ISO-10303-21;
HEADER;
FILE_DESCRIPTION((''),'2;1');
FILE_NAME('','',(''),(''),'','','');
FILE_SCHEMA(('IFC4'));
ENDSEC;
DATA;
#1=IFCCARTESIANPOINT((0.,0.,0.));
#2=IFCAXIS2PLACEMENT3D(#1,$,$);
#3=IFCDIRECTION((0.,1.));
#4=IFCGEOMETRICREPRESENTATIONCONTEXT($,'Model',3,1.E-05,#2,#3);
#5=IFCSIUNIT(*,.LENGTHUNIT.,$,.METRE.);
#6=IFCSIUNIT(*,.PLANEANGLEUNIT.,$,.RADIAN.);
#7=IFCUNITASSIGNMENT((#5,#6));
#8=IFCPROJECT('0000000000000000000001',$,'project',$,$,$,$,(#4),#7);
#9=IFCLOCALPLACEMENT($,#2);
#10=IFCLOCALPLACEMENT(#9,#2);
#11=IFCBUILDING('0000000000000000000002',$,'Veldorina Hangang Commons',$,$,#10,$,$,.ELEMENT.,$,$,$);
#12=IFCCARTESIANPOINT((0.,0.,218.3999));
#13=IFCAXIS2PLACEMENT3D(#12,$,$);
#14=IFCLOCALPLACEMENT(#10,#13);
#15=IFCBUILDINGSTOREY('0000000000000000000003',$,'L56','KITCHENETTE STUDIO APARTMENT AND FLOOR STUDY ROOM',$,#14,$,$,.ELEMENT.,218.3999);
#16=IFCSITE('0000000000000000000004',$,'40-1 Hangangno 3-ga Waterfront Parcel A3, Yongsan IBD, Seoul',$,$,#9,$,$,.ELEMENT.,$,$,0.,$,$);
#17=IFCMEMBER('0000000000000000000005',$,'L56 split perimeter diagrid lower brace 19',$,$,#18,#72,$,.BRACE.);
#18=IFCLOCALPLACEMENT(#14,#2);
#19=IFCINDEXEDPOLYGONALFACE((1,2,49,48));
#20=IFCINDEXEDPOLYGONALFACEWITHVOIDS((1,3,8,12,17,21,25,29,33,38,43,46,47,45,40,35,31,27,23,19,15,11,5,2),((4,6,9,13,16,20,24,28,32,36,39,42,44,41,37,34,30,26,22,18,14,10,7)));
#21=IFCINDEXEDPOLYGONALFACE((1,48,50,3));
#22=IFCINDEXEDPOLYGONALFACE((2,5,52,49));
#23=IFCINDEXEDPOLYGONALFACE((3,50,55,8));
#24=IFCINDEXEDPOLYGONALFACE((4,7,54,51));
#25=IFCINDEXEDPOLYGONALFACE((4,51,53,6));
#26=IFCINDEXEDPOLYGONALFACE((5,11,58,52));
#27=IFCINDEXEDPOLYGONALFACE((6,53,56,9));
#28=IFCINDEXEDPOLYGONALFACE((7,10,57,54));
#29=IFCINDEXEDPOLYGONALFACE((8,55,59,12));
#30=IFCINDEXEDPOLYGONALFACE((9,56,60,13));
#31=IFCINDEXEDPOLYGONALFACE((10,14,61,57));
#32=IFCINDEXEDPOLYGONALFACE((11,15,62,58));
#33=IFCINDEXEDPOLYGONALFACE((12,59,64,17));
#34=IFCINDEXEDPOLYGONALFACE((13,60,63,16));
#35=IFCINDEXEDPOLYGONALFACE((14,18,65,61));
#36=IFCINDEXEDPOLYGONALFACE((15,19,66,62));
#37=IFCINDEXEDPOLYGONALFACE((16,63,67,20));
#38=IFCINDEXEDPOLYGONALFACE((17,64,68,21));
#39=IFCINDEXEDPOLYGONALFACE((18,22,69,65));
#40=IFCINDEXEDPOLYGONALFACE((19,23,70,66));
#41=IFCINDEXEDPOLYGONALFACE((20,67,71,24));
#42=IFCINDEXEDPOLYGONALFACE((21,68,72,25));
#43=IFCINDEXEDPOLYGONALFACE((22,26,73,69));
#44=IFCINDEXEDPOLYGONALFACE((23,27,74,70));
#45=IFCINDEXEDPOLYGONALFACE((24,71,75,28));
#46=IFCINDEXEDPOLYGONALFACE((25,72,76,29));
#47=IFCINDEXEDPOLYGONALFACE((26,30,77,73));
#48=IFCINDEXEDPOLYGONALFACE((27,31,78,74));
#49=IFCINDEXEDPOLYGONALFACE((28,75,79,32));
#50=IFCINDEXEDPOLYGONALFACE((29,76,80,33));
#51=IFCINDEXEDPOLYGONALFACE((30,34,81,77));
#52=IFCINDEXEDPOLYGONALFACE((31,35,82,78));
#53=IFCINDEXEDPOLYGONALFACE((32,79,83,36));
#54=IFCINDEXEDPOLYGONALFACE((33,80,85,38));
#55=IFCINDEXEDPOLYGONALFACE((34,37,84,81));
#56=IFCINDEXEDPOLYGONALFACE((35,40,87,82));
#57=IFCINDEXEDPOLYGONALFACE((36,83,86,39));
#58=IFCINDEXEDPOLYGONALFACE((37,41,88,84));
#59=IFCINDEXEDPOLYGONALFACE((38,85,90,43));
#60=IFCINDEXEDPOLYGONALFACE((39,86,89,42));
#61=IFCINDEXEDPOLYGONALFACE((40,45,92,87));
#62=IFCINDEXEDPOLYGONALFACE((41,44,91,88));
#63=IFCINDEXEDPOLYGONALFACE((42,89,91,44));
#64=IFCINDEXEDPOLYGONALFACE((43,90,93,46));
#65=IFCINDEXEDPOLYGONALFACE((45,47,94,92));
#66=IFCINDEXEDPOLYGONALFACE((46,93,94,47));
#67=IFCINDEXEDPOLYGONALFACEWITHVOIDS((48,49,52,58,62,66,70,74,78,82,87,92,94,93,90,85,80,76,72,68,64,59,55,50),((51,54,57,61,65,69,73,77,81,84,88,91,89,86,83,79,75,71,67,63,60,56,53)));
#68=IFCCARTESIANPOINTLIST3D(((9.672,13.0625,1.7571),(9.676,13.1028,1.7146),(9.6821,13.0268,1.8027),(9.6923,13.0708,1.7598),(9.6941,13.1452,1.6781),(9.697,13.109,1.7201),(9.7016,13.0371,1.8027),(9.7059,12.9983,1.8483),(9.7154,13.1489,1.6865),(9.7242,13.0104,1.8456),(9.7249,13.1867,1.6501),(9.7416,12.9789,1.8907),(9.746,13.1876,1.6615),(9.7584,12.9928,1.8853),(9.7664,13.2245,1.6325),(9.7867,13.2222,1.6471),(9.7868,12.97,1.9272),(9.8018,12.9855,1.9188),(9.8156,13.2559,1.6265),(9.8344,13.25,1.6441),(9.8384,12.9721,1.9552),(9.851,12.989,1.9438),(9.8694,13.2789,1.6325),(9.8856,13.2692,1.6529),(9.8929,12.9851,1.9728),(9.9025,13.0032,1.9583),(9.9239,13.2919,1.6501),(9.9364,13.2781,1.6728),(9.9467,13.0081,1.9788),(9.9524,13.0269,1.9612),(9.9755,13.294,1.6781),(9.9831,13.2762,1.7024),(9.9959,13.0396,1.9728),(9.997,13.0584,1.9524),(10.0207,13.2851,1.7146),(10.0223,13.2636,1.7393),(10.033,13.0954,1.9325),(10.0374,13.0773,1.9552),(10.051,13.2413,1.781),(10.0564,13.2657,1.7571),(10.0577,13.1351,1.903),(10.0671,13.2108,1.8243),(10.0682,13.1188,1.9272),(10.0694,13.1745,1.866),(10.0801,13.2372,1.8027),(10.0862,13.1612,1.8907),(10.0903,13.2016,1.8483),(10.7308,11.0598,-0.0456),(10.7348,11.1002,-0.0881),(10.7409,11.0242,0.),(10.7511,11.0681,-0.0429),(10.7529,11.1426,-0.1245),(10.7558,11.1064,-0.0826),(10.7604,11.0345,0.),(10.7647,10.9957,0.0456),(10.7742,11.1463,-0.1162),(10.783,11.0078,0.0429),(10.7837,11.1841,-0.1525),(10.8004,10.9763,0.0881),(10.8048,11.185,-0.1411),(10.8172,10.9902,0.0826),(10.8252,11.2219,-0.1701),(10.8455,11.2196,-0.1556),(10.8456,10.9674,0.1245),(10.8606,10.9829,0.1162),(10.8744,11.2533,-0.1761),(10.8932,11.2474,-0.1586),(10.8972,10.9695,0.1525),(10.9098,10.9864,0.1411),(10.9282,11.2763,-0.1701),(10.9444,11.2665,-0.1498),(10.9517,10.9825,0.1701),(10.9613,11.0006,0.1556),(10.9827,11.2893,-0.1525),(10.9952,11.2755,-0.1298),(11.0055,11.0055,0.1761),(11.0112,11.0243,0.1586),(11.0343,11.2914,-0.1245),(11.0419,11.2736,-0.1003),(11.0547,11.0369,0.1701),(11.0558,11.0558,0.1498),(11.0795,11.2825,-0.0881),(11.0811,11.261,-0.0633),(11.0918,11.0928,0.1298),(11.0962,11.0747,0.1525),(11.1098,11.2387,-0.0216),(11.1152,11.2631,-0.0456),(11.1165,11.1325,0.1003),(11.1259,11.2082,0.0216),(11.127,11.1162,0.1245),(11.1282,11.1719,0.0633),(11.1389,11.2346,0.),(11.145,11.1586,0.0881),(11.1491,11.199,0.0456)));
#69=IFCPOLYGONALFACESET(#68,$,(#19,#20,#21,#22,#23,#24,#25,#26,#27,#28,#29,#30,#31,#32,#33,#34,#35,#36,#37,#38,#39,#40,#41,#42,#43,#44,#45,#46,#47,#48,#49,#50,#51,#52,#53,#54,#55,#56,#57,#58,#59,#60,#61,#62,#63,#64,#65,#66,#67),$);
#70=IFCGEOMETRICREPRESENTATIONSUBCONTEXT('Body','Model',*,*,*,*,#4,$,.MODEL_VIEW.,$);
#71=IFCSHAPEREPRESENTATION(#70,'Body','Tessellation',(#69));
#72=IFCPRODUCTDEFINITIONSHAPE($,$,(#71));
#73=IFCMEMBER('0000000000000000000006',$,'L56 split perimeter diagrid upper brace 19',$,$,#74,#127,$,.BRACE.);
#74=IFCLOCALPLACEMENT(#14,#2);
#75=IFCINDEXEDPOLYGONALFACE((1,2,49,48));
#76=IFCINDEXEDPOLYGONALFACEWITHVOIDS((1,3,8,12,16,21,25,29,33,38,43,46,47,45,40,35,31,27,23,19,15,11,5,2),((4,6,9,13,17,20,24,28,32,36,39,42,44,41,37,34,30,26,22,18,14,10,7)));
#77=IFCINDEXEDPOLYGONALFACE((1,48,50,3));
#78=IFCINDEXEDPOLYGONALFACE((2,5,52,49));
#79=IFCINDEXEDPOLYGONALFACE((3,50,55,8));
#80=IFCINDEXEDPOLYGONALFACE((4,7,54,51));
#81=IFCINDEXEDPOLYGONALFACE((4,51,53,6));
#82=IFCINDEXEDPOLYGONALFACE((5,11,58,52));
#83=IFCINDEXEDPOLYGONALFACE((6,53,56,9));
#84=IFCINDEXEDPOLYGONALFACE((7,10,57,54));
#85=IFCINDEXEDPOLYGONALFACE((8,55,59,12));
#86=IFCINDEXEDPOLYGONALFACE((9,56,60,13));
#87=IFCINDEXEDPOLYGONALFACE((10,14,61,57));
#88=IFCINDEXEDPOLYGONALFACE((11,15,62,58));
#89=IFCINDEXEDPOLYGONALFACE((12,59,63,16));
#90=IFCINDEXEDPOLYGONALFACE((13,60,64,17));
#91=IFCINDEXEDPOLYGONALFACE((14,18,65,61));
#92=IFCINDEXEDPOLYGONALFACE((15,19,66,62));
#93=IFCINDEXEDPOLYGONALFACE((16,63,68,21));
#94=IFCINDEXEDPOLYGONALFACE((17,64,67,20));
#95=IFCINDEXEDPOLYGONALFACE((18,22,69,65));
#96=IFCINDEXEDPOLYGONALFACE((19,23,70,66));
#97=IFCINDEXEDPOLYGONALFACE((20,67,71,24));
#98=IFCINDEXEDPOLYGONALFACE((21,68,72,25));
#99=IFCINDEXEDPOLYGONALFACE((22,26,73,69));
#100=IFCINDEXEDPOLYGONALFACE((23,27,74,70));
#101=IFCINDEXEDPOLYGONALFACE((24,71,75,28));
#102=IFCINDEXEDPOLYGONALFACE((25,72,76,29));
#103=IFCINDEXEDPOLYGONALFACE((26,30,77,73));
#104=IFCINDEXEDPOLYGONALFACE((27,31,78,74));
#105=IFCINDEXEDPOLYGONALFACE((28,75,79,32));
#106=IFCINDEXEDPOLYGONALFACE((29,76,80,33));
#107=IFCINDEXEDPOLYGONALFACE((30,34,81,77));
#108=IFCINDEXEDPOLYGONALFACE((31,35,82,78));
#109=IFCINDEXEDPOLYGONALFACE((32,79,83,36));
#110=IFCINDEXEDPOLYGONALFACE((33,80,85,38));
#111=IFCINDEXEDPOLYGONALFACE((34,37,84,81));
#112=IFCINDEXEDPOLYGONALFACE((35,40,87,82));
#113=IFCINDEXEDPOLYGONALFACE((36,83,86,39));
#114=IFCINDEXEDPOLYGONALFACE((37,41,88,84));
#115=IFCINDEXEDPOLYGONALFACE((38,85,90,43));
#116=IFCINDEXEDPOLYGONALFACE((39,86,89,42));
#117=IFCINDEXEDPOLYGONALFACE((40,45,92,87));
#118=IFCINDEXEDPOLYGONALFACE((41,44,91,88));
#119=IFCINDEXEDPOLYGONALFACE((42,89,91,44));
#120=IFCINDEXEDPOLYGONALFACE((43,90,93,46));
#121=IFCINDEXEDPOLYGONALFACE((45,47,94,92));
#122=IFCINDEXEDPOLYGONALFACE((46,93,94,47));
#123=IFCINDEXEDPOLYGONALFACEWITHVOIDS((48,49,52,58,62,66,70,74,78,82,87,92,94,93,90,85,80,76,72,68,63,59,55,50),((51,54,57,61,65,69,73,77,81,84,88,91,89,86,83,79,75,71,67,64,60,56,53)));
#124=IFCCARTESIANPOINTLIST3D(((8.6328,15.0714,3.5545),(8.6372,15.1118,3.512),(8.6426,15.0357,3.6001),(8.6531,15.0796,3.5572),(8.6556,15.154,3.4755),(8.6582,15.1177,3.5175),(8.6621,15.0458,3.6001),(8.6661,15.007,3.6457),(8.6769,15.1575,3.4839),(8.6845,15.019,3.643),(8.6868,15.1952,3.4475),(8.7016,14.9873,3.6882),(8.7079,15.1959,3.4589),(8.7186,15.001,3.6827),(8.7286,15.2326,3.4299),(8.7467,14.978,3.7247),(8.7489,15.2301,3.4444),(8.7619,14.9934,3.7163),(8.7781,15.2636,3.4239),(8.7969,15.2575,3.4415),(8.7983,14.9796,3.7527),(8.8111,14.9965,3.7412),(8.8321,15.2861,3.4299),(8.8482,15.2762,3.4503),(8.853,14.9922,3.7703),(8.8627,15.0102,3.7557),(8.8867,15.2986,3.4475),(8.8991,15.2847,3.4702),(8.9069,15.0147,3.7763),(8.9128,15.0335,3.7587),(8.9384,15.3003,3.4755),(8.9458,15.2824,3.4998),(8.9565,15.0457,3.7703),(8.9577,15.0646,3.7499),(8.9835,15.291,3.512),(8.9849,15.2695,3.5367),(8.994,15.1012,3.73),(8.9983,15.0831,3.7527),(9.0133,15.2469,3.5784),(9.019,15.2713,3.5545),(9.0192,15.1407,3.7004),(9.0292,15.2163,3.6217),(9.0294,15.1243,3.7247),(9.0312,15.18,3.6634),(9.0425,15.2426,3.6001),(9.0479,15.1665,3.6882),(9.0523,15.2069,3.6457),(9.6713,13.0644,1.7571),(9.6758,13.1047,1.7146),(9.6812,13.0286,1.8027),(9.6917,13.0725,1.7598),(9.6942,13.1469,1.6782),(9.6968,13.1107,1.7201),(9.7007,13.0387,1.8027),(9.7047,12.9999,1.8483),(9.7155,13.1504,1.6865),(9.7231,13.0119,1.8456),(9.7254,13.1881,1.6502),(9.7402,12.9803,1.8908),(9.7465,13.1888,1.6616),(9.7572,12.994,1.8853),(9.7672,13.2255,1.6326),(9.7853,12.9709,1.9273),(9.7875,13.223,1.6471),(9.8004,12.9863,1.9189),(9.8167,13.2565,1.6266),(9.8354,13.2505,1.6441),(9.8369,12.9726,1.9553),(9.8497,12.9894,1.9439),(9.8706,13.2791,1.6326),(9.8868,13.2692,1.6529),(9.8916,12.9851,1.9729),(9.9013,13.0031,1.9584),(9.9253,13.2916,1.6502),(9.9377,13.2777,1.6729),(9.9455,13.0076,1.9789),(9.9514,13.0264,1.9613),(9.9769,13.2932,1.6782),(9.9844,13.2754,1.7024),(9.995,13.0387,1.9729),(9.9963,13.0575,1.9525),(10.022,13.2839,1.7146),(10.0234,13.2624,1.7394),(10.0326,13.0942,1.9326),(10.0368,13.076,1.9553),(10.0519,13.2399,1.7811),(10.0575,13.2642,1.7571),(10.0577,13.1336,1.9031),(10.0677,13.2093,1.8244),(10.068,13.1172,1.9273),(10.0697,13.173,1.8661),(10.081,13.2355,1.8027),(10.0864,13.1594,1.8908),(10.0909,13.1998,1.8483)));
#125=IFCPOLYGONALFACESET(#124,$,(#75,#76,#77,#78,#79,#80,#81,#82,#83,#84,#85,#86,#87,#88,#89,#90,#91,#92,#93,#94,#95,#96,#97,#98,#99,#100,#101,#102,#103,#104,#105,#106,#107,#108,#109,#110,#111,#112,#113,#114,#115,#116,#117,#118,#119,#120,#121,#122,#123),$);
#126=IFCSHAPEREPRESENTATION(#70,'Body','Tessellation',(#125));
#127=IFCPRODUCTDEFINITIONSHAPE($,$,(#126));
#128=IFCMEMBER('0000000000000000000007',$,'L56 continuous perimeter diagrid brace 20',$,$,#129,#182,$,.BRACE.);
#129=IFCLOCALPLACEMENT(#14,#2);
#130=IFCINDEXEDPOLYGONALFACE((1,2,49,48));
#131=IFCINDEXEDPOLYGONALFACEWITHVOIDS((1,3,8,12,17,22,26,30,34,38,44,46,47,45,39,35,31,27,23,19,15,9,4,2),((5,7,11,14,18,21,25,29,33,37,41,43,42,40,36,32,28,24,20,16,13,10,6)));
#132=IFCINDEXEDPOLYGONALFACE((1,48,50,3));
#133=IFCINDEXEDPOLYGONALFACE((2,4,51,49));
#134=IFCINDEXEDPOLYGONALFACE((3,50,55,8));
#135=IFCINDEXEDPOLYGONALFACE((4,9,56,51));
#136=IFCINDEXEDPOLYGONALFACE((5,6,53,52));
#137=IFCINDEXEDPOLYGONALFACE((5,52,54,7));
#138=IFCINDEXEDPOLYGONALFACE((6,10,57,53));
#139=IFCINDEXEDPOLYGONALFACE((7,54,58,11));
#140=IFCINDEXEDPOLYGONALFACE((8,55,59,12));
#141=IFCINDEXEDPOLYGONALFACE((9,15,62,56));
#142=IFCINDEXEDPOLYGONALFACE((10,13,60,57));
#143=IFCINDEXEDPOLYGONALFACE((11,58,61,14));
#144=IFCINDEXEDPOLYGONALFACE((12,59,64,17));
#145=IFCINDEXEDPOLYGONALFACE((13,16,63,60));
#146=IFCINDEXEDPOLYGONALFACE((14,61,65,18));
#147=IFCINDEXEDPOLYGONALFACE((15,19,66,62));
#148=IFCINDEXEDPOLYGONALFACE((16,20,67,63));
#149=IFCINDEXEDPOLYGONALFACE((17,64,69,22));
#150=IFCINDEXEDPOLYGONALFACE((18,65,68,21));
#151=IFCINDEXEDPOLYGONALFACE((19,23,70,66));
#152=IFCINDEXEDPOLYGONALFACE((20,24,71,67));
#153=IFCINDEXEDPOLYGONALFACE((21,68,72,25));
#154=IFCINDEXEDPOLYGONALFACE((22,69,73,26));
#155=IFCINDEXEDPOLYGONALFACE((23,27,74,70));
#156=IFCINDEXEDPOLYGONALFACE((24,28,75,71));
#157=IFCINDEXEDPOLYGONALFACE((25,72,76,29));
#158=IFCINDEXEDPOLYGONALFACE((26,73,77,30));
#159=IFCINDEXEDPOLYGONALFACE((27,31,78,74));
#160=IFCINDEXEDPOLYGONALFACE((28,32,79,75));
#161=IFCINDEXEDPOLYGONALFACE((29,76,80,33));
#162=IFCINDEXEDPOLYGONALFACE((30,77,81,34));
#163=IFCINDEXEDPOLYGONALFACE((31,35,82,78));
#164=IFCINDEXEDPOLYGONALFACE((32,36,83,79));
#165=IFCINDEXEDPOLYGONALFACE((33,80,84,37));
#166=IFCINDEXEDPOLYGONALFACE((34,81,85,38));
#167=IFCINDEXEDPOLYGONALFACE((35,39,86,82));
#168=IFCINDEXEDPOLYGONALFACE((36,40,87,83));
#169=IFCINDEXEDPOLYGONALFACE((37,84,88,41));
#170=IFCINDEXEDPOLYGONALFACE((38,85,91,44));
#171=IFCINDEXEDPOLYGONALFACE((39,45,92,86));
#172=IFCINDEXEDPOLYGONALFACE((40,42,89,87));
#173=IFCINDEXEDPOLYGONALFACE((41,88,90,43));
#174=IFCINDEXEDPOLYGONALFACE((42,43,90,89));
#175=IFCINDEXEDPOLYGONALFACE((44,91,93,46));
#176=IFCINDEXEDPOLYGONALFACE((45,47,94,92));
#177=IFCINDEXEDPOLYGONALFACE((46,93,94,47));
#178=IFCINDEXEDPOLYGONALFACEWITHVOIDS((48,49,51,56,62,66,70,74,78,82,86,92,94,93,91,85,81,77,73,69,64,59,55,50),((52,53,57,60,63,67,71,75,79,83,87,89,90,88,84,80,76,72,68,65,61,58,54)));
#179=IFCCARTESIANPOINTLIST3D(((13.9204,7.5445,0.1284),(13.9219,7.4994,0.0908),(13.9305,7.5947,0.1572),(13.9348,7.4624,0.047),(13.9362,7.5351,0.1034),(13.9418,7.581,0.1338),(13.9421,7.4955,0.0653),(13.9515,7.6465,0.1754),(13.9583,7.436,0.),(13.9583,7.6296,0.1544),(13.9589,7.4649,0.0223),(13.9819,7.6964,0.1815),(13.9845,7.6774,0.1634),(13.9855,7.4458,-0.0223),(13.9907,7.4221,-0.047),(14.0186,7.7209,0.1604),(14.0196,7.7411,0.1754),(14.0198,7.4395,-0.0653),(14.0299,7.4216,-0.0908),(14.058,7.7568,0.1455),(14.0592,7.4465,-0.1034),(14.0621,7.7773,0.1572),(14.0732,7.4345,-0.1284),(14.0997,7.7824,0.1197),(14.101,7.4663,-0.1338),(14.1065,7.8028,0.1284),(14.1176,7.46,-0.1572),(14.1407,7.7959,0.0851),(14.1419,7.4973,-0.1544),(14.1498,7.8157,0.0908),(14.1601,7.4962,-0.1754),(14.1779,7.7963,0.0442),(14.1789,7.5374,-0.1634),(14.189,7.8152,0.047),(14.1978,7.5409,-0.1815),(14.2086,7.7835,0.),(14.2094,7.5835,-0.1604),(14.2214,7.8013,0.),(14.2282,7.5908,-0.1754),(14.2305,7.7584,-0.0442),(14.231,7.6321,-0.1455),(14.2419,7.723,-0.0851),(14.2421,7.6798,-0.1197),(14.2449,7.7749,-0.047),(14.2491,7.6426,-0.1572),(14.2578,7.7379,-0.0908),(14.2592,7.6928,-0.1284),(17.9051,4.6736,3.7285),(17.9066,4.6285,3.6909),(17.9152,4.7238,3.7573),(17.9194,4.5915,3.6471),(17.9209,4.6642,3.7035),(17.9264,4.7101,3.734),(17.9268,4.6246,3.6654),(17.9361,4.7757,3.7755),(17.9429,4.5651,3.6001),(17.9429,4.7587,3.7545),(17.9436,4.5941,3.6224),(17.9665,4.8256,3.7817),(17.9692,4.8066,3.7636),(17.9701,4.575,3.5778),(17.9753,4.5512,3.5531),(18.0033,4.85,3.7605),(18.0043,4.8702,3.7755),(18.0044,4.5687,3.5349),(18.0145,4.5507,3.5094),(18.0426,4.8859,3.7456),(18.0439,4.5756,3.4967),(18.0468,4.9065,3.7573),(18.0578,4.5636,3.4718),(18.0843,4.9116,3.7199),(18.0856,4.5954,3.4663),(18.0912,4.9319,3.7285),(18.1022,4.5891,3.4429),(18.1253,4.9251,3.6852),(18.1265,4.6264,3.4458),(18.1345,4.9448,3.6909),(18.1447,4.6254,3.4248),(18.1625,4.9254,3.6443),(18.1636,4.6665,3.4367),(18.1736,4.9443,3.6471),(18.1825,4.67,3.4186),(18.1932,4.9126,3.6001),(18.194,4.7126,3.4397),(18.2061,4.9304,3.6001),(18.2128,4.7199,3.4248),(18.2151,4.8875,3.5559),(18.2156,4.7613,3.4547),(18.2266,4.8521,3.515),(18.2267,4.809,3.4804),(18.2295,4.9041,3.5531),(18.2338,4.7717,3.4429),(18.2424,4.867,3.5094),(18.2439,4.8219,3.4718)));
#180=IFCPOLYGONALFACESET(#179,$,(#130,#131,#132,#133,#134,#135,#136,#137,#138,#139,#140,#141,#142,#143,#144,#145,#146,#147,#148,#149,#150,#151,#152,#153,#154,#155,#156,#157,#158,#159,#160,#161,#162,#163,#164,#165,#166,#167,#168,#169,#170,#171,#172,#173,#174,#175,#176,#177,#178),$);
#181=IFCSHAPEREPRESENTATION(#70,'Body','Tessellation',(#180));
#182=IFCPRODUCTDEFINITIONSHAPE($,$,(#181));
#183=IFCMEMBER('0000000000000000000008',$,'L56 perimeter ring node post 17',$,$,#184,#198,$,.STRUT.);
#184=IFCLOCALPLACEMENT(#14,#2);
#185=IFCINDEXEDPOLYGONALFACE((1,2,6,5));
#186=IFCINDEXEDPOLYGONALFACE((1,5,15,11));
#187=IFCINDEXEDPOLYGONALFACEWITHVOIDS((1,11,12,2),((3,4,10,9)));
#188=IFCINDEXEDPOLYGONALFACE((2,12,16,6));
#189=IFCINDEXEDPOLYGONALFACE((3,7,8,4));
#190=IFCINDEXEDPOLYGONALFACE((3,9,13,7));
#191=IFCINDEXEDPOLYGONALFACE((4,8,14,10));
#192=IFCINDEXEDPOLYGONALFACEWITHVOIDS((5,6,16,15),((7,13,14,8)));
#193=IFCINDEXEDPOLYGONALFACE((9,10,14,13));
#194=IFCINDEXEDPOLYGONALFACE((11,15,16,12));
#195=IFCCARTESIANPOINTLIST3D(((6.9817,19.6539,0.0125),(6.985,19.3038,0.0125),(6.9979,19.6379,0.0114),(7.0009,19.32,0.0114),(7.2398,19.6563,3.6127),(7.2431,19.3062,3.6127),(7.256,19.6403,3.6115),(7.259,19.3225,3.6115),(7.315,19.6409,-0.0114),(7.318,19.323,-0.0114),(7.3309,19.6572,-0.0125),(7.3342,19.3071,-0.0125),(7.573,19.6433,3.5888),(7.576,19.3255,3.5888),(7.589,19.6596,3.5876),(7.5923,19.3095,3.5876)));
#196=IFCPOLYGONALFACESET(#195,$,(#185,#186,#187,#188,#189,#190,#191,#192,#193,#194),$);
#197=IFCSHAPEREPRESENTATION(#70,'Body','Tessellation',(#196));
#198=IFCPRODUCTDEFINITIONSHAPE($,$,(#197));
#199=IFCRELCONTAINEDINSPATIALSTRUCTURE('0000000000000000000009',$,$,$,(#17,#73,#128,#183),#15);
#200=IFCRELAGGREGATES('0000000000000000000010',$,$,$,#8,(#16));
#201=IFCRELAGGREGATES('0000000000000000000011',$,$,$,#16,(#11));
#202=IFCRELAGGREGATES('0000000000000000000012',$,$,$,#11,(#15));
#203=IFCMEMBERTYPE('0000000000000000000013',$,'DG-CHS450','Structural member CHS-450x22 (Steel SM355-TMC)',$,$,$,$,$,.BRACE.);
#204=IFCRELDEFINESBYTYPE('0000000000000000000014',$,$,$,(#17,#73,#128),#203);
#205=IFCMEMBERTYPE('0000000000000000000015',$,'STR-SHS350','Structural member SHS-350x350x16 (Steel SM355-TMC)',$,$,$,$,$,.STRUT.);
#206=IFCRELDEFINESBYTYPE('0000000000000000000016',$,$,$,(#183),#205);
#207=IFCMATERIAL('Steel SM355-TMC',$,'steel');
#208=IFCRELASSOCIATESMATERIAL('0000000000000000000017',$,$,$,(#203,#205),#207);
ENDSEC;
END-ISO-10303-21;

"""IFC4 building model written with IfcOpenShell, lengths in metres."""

from ifc_helpers import new_model, si_unit, direction, frame, origin, origin_2d, place, context, subcontext, project, spatial, hollow_rectangle, hollow_circle, extrude, material, material_profile, profile_set, type_object, element, save


model = new_model("IFC4")

# Units and contexts
model_context = context("Model", 3, precision=1e-05, world=origin(), true_north=direction((0.0, 1.0)))
body_context = subcontext(model_context, "Body", "Model", "MODEL_VIEW")
ifc_project = project(units=[si_unit("LENGTHUNIT", "METRE"), si_unit("PLANEANGLEUNIT", "RADIAN")], contexts=[model_context])

# Site, building, storey
site_placement = place(None, origin())
site = spatial("IfcSite", under=ifc_project, at=site_placement, Name="40-1 Hangangno 3-ga Waterfront Parcel A3, Yongsan IBD, Seoul", CompositionType="ELEMENT", RefElevation=0.0)
building_placement = place(site_placement, origin())
building = spatial("IfcBuilding", under=site, at=building_placement, Name="Veldorina Hangang Commons", CompositionType="ELEMENT")
storey_placement = place(building_placement, frame((0.0, 0.0, 218.3999)))
storey = spatial("IfcBuildingStorey", under=building, at=storey_placement, Name="L56", Description="KITCHENETTE STUDIO APARTMENT AND FLOOR STUDY ROOM", CompositionType="ELEMENT", Elevation=218.3999)

# Shared definitions
ifc_material_1 = material(Name="Steel SM355-TMC", Category="steel")

# Members
ifc_material_profile_1 = material_profile(ifc_material_1, hollow_circle(Radius=0.2251, WallThickness=0.022, at=origin_2d()), Name="CHS-450x22")
ifc_profile_set_1 = profile_set([ifc_material_profile_1], Name="Steel SM355-TMC")
member_type_1 = type_object("IfcMemberType", Name="DG-CHS450", Description="Structural member CHS-450x22 (Steel SM355-TMC)", PredefinedType="BRACE", material=ifc_profile_set_1)
member_1_placement = place(storey_placement, frame((10.9399, 11.1294, 0.0), z_axis=(-0.365732, 0.691745, 0.62268), x_axis=(-0.884045, -0.467402, 0.0)))
element("IfcMember", 1, at=member_1_placement, inside=storey, type_object=member_type_1, Name="L56 split perimeter diagrid lower brace 19", PredefinedType="BRACE", context=body_context, shape_type="SweptSolid", body=[
    extrude(hollow_circle(Radius=0.2251, WallThickness=0.022, at=origin_2d()), origin(), (0.0, 0.0, 1.0), 2.895),
])
member_2_placement = place(storey_placement, frame((9.8811, 13.1321, 1.8027), z_axis=(-0.359682, 0.695098, 0.622468), x_axis=(-0.88814, -0.459573, 0.0)))
element("IfcMember", 2, at=member_2_placement, inside=storey, type_object=member_type_1, Name="L56 split perimeter diagrid upper brace 19", PredefinedType="BRACE", context=body_context, shape_type="SweptSolid", body=[
    extrude(hollow_circle(Radius=0.2251, WallThickness=0.022, at=origin_2d()), origin(), (0.0, 0.0, 1.0), 2.8875),
])
member_3_placement = place(storey_placement, frame((14.0898, 7.6187, 0.0), z_axis=(0.654363, -0.471457, 0.591216), x_axis=(0.584563, 0.811349, 0.0)))
element("IfcMember", 3, at=member_3_placement, inside=storey, type_object=member_type_1, Name="L56 continuous perimeter diagrid brace 20", PredefinedType="BRACE", context=body_context, shape_type="SweptSolid", body=[
    extrude(hollow_circle(Radius=0.2251, WallThickness=0.022, at=origin_2d()), origin(), (0.0, 0.0, 1.0), 6.0894),
])
ifc_material_profile_2 = material_profile(ifc_material_1, hollow_rectangle(XDim=0.3501, YDim=0.3501, WallThickness=0.0161, at=origin_2d()), Name="SHS-350x350x16")
ifc_profile_set_2 = profile_set([ifc_material_profile_2], Name="Steel SM355-TMC")
member_type_2 = type_object("IfcMemberType", Name="STR-SHS350", Description="Structural member SHS-350x350x16 (Steel SM355-TMC)", PredefinedType="STRUT", material=ifc_profile_set_2)
member_4_placement = place(storey_placement, frame((7.158, 19.4805, 0.0), z_axis=(0.071497, 0.000676, 0.997441), x_axis=(-0.00946, 0.999955, 0.0)))
element("IfcMember", 4, at=member_4_placement, inside=storey, type_object=member_type_2, Name="L56 perimeter ring node post 17", PredefinedType="STRUT", context=body_context, shape_type="SweptSolid", body=[
    extrude(hollow_rectangle(XDim=0.3501, YDim=0.3501, WallThickness=0.0161, at=origin_2d()), origin(), (0.0, 0.0, 1.0), 3.6094),
])

save(model, "model.ifc")
